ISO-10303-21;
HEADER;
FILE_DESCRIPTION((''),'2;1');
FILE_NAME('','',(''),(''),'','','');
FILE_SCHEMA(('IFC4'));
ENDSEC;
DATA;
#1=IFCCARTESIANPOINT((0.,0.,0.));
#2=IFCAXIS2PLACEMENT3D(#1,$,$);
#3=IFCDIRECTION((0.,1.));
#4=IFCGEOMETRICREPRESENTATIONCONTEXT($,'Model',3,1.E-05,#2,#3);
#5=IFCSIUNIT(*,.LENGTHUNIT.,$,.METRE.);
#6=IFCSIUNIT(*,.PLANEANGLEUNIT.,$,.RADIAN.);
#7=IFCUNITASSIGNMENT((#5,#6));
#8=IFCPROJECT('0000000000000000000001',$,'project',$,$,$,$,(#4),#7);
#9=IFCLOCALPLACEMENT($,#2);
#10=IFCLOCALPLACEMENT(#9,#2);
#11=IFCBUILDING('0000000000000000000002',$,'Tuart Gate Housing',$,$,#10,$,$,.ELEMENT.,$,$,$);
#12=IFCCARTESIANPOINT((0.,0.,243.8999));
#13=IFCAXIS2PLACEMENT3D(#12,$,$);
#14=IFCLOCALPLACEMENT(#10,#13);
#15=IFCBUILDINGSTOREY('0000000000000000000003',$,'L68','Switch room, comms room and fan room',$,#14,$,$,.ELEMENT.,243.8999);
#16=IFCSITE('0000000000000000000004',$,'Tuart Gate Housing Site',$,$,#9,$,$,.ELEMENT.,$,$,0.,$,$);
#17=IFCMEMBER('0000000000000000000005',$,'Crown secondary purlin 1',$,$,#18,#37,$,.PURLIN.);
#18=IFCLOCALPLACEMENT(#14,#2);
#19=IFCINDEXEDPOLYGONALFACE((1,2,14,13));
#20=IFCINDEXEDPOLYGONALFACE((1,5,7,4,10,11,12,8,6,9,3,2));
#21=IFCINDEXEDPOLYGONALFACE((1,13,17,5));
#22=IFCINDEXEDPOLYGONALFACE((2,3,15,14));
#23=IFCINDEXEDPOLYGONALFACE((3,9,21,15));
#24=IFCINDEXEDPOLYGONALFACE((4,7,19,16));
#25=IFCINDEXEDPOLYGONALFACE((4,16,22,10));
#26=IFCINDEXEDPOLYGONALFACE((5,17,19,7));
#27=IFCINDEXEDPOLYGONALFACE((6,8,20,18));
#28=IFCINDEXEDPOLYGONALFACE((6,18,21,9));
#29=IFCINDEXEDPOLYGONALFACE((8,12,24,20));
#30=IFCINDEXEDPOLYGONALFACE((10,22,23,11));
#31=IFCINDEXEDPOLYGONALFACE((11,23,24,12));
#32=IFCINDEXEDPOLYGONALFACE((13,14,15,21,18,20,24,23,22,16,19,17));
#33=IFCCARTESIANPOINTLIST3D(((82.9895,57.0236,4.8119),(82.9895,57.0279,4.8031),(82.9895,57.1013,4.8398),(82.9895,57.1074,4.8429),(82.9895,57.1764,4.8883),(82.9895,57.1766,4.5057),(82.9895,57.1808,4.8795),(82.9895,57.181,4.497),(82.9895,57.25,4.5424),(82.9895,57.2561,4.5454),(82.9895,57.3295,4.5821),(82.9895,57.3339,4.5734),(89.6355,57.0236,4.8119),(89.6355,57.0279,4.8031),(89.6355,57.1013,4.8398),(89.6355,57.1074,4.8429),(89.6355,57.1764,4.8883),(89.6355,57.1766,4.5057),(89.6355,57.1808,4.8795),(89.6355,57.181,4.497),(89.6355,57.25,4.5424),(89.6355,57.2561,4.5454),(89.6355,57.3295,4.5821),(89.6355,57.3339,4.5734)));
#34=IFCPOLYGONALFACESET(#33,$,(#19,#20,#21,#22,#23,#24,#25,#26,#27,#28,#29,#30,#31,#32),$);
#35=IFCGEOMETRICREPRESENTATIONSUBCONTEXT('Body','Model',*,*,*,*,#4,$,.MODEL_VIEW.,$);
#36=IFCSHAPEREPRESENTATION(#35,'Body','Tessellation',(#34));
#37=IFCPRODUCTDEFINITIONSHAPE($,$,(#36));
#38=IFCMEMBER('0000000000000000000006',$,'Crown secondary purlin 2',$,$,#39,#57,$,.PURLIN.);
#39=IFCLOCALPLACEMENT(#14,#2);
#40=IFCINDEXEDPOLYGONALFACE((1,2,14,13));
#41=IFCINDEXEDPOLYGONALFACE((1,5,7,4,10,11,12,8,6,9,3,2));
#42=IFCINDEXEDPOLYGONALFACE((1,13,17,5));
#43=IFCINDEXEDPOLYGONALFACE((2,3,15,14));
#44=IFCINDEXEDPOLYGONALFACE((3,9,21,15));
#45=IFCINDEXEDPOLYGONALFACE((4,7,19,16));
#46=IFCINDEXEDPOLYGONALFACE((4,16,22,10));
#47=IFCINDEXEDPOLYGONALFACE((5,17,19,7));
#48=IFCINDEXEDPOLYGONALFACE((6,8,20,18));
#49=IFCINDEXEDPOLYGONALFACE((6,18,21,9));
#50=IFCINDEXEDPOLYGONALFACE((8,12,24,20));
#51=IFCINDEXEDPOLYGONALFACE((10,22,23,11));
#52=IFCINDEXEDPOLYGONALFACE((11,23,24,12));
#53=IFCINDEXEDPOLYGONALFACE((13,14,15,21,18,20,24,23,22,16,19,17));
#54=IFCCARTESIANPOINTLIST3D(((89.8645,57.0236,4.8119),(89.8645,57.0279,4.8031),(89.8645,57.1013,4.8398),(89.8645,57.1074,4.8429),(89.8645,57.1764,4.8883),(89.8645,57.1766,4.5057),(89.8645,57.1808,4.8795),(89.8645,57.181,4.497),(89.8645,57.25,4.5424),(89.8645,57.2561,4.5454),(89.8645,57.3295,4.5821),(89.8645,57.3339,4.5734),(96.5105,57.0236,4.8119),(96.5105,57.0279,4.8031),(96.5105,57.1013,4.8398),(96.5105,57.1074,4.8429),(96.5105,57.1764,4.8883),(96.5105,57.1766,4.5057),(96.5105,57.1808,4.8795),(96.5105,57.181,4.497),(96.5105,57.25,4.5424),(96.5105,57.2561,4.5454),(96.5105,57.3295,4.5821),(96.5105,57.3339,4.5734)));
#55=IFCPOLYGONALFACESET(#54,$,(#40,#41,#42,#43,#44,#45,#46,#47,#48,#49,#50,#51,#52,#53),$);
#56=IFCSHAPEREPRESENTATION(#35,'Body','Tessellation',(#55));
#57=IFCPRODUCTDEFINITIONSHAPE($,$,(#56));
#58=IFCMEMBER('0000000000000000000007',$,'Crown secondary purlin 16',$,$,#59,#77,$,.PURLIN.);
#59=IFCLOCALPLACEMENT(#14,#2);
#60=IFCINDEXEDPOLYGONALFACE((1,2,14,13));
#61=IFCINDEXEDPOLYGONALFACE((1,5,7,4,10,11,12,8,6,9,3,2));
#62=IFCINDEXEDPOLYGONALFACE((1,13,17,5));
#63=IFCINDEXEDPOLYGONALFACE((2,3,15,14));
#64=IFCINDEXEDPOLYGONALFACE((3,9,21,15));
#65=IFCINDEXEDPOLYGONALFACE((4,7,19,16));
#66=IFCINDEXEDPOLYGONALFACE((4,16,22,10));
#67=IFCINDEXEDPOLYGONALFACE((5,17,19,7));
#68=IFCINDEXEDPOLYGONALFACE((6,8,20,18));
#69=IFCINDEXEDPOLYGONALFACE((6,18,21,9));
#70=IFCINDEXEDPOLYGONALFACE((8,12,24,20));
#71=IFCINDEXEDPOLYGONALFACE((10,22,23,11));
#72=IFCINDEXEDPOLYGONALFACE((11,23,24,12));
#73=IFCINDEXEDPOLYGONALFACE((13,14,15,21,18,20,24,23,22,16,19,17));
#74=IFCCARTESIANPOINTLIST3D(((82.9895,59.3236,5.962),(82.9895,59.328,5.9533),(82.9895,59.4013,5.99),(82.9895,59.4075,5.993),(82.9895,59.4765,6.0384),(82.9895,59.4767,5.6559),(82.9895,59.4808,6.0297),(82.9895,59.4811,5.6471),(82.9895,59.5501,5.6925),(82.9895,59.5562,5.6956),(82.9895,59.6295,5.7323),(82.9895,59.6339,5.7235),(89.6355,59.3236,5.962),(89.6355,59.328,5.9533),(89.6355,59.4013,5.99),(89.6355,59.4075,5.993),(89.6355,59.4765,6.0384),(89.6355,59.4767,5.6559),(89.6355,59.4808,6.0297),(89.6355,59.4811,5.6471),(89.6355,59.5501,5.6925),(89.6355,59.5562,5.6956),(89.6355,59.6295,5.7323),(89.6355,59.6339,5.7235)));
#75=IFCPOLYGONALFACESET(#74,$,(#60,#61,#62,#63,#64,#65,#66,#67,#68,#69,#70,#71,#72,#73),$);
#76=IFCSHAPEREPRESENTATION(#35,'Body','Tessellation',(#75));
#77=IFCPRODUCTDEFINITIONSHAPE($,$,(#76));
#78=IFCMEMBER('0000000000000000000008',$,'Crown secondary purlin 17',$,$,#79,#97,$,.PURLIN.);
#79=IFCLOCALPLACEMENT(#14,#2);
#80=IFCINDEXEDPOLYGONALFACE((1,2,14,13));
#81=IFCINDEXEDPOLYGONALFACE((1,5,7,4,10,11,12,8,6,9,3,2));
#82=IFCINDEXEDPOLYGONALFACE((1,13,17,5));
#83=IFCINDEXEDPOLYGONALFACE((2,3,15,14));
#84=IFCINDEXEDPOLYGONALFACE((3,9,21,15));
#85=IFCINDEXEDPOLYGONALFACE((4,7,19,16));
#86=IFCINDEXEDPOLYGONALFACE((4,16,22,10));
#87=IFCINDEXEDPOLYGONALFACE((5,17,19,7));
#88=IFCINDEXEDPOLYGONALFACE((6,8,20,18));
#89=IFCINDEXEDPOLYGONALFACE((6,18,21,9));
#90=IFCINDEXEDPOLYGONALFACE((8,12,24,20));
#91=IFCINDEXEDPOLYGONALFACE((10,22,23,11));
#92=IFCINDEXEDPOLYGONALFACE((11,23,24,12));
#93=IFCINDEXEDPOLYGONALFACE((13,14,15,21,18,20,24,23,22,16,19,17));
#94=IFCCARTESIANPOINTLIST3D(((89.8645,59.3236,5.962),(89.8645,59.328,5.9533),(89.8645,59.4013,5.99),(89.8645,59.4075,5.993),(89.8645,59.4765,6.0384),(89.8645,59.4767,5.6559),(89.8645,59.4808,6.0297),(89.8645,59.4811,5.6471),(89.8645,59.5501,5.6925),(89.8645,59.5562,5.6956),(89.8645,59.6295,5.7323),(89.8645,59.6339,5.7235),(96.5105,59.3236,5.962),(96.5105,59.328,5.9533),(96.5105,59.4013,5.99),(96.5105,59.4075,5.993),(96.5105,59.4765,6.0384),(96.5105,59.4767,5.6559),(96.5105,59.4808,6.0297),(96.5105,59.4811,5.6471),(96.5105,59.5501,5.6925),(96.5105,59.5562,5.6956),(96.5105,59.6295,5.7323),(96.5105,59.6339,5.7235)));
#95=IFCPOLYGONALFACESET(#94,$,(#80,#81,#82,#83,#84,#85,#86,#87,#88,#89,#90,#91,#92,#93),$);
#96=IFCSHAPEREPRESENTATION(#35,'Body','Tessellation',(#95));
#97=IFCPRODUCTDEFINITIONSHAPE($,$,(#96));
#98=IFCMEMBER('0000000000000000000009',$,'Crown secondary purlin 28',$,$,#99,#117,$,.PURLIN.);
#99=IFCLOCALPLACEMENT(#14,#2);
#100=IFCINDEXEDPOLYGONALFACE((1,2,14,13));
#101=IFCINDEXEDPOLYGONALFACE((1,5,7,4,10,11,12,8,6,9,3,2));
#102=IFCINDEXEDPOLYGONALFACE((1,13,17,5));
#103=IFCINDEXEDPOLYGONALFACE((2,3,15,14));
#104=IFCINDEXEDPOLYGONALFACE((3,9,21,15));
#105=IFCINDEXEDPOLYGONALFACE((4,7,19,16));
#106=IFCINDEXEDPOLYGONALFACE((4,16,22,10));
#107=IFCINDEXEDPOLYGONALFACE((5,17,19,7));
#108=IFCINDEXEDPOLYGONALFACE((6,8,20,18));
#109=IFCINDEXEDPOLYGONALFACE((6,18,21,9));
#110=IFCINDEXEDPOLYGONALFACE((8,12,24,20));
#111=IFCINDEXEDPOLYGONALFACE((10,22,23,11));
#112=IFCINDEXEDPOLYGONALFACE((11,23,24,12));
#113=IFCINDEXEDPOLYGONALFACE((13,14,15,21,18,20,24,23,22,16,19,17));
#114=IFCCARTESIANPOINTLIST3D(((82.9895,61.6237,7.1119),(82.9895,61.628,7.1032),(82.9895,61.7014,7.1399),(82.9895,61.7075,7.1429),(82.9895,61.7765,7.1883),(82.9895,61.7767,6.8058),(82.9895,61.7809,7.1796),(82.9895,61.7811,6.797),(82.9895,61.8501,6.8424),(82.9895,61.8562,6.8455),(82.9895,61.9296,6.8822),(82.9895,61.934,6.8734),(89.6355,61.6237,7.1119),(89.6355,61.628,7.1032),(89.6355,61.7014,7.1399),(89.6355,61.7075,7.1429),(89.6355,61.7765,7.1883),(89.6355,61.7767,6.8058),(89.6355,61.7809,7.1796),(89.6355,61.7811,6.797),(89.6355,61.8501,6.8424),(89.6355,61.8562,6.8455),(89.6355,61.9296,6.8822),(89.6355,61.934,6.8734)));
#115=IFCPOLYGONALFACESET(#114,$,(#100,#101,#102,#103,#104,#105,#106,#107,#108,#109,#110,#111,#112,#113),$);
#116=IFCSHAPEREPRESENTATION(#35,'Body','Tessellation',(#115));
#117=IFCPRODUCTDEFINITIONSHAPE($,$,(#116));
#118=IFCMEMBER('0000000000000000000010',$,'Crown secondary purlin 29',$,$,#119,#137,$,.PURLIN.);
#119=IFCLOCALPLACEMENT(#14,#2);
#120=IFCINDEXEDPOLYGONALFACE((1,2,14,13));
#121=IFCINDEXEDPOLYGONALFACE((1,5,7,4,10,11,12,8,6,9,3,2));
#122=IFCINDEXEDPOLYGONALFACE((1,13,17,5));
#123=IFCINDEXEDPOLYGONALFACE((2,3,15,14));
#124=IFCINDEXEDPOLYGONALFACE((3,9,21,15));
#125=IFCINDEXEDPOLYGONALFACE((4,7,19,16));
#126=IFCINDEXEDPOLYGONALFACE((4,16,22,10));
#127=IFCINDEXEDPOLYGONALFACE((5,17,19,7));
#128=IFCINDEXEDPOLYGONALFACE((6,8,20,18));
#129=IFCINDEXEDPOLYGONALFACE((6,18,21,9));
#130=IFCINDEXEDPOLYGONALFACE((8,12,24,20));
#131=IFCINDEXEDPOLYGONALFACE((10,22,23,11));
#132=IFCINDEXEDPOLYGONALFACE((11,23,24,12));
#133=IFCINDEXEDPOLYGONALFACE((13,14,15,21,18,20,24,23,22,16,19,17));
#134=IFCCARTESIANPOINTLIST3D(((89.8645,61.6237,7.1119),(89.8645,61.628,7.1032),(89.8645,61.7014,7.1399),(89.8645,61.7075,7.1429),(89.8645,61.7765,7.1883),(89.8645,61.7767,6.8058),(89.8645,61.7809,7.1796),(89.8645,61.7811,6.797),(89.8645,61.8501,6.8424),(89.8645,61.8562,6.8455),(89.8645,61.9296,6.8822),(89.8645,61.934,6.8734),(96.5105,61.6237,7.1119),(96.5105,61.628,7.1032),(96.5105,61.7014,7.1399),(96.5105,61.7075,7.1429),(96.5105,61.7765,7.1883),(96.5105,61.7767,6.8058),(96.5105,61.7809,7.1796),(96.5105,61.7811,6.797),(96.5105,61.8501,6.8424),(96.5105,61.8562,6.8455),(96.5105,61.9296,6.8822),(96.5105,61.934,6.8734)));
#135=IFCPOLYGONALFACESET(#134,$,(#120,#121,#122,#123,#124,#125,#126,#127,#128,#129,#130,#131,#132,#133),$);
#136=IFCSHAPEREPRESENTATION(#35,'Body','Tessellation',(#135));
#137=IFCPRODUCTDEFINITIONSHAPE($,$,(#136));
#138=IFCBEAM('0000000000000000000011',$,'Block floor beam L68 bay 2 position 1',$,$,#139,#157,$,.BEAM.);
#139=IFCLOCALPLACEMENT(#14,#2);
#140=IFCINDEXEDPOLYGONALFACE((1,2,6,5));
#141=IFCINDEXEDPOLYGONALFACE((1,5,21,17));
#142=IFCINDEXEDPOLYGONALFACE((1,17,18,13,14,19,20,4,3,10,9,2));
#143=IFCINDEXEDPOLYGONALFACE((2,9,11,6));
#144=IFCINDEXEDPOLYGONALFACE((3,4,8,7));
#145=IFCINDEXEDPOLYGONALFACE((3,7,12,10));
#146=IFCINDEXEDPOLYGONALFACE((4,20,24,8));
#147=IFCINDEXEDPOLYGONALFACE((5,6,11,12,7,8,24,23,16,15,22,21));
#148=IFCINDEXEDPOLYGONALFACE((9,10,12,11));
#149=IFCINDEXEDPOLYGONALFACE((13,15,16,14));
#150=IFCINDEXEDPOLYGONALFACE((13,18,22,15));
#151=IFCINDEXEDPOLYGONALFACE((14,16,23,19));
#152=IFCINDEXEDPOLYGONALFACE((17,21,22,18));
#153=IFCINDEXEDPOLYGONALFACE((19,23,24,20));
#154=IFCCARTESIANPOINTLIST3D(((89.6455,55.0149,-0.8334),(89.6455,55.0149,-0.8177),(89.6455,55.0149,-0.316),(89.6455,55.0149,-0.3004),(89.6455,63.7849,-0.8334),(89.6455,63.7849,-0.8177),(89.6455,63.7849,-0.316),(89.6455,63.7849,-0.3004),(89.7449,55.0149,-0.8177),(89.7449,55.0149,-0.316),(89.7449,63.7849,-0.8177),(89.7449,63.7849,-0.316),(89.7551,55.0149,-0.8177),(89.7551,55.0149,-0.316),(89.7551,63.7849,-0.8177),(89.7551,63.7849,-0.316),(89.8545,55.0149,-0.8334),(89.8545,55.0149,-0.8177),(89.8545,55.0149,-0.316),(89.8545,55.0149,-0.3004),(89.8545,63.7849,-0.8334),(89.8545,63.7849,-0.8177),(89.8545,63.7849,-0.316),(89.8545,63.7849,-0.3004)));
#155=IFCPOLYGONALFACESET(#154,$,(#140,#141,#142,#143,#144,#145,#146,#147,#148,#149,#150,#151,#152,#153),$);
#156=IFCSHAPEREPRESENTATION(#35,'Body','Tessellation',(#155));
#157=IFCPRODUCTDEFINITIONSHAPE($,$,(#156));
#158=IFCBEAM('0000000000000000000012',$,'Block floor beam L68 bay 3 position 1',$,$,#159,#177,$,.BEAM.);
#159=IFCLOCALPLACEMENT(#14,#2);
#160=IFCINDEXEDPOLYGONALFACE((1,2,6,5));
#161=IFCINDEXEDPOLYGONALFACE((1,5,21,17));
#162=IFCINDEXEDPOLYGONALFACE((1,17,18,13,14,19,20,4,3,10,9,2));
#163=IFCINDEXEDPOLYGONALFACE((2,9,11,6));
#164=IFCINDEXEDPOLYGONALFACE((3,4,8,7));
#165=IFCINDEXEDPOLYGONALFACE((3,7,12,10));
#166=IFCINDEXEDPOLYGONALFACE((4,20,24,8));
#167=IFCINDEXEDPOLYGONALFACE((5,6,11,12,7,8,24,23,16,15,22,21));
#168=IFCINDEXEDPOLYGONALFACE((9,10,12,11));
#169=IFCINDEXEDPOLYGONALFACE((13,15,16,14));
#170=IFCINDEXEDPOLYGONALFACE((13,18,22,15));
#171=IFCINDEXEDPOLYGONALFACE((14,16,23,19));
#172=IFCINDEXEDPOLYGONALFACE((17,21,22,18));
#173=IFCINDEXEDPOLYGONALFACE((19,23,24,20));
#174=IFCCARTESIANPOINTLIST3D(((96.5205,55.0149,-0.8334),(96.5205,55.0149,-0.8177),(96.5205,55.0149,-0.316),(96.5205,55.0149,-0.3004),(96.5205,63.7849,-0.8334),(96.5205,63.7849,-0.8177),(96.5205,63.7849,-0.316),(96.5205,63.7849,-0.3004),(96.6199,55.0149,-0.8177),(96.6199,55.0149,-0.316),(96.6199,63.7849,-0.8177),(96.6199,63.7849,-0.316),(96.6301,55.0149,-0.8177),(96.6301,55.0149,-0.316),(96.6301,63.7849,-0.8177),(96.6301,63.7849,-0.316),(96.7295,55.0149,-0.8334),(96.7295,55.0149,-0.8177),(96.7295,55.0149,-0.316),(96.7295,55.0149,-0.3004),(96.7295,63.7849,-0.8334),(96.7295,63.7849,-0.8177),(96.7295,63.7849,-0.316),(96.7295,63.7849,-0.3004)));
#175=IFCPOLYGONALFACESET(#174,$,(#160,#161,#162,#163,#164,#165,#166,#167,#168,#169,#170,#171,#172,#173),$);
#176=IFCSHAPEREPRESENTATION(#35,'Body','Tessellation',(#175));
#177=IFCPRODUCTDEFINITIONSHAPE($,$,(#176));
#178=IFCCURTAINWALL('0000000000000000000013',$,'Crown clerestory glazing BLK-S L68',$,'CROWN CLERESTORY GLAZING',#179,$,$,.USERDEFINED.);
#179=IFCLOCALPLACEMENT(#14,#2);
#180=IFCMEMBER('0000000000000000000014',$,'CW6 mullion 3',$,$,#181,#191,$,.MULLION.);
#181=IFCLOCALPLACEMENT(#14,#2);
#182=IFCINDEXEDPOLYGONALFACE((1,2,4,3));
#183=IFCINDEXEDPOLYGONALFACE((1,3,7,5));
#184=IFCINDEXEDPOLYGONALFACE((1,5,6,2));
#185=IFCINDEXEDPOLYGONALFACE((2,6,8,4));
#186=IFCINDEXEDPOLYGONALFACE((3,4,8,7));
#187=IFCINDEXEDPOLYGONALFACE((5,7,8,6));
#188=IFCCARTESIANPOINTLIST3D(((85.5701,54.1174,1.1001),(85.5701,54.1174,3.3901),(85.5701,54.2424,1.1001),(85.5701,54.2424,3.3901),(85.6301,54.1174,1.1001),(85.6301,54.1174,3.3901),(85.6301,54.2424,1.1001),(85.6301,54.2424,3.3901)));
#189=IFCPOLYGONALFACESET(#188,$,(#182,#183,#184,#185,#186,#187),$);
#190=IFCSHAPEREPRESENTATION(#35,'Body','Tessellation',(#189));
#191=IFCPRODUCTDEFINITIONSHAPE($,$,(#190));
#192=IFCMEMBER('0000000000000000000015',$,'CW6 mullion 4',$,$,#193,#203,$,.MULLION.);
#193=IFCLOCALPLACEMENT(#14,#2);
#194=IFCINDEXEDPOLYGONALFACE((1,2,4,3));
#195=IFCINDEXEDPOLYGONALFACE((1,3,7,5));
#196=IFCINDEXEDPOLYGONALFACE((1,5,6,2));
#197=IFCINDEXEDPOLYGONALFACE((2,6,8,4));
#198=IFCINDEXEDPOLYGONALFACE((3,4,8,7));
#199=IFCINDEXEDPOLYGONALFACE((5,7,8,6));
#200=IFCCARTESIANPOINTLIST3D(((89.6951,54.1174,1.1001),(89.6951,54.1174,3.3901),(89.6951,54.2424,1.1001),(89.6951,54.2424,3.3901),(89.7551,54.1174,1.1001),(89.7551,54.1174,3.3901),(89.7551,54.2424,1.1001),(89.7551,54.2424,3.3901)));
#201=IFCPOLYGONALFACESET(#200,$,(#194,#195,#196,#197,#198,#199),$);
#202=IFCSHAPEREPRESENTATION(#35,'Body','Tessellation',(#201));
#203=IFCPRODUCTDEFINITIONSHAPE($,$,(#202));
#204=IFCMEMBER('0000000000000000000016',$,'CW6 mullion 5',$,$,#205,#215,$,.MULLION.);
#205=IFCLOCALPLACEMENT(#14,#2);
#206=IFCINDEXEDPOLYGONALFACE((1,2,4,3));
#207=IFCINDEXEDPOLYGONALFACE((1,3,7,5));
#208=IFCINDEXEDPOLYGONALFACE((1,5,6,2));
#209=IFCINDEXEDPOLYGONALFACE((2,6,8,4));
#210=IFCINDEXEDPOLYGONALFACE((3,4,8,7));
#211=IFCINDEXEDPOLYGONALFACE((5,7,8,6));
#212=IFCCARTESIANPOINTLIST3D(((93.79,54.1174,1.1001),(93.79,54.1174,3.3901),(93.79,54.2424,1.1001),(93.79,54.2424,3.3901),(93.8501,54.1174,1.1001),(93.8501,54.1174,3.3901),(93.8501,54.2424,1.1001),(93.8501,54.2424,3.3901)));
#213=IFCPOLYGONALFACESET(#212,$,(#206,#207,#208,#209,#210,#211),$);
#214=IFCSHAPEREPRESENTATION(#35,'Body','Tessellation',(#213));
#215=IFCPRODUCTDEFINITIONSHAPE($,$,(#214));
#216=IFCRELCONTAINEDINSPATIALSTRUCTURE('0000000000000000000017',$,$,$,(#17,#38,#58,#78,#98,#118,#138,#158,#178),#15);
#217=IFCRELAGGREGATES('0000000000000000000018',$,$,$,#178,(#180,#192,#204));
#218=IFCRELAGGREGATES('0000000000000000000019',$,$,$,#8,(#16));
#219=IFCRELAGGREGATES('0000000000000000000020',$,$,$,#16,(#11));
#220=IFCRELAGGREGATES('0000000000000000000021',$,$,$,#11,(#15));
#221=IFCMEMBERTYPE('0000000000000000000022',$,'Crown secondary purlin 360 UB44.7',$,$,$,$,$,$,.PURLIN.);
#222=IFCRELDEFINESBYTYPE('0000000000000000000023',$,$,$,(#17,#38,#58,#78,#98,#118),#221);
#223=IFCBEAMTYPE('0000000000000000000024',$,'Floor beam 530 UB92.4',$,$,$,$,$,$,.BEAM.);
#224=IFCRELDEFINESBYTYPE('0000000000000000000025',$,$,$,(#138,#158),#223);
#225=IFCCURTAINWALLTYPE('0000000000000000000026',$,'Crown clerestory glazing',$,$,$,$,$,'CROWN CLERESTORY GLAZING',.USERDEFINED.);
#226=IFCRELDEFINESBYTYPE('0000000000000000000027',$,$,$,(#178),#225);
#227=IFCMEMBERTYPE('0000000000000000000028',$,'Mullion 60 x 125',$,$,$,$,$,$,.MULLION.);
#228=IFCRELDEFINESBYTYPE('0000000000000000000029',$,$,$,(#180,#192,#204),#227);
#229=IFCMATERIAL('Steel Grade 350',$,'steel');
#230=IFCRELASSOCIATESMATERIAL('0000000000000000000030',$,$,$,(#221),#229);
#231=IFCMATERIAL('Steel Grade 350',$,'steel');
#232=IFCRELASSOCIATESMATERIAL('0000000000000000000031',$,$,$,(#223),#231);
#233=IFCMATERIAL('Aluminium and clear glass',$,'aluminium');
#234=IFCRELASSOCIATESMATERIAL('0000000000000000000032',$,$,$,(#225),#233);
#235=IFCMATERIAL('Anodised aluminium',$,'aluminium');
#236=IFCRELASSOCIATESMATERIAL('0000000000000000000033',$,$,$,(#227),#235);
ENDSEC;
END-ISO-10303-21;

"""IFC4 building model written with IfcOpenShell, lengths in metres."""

from ifc_helpers import new_model, si_unit, direction, frame, origin, origin_2d, place, context, subcontext, project, spatial, rectangle, i_section, extrude, material, material_profile, profile_set, type_object, element, aggregate, save


model = new_model("IFC4")

# Units and contexts
model_context = context("Model", 3, precision=1e-05, world=origin(), true_north=direction((0.0, 1.0)))
body_context = subcontext(model_context, "Body", "Model", "MODEL_VIEW")
ifc_project = project(units=[si_unit("LENGTHUNIT", "METRE"), si_unit("PLANEANGLEUNIT", "RADIAN")], contexts=[model_context])

# Site, building, storey
site_placement = place(None, origin())
site = spatial("IfcSite", under=ifc_project, at=site_placement, Name="Tuart Gate Housing Site", CompositionType="ELEMENT", RefElevation=0.0)
building_placement = place(site_placement, origin())
building = spatial("IfcBuilding", under=site, at=building_placement, Name="Tuart Gate Housing", CompositionType="ELEMENT")
storey_placement = place(building_placement, frame((0.0, 0.0, 243.8999)))
storey = spatial("IfcBuildingStorey", under=building, at=storey_placement, Name="L68", Description="Switch room, comms room and fan room", CompositionType="ELEMENT", Elevation=243.8999)

# Members
ifc_material_1 = material(Name="Steel Grade 350", Category="steel")
ifc_material_profile_1 = material_profile(ifc_material_1, i_section(OverallWidth=0.1709, OverallDepth=0.3521, WebThickness=0.0068, FlangeThickness=0.0098, at=origin_2d()), Name="360UB44.7")
ifc_profile_set_1 = profile_set([ifc_material_profile_1], Name="Steel Grade 350")
member_type_1 = type_object("IfcMemberType", Name="Crown secondary purlin 360 UB44.7", PredefinedType="PURLIN", material=ifc_profile_set_1)
for number, where, z_axis, x_axis, name in (
    (1, (82.9895, 57.1787, 4.6926), (1.0, 0.0, 0.0), (0.0, 0.894427, 0.447214), "Crown secondary purlin 1"),
    (2, (89.8645, 57.1787, 4.6926), (1.0, 0.0, 0.0), (0.0, 0.894427, 0.447214), "Crown secondary purlin 2"),
    (3, (82.9895, 59.4788, 5.8428), (1.0, 0.0, 0.0), (0.0, 0.894427, 0.447214), "Crown secondary purlin 16"),
    (4, (89.8645, 59.4788, 5.8428), (1.0, 0.0, 0.0), (0.0, 0.894427, 0.447214), "Crown secondary purlin 17"),
    (5, (82.9895, 61.7788, 6.9927), (1.0, 0.0, 0.0), (0.0, 0.894427, 0.447214), "Crown secondary purlin 28"),
    (6, (89.8645, 61.7788, 6.9927), (1.0, 0.0, 0.0), (0.0, 0.894427, 0.447214), "Crown secondary purlin 29"),
):
    element("IfcMember", number, at=place(storey_placement, frame(where, z_axis=z_axis, x_axis=x_axis)), inside=storey, type_object=member_type_1, Name=name, PredefinedType="PURLIN", context=body_context, shape_type="SweptSolid", body=[
        extrude(i_section(OverallWidth=0.1709, OverallDepth=0.3521, WebThickness=0.0068, FlangeThickness=0.0098, at=origin_2d()), origin(), (0.0, 0.0, 1.0), 6.646),
    ])

# Beams
ifc_material_2 = material(Name="Steel Grade 350", Category="steel")
ifc_material_profile_2 = material_profile(ifc_material_2, i_section(OverallWidth=0.209, OverallDepth=0.533, WebThickness=0.0103, FlangeThickness=0.0156, at=origin_2d()), Name="530UB92.4")
ifc_profile_set_2 = profile_set([ifc_material_profile_2], Name="Steel Grade 350")
beam_type = type_object("IfcBeamType", Name="Floor beam 530 UB92.4", PredefinedType="BEAM", material=ifc_profile_set_2)
for number, where, z_axis, x_axis, name in (
    (7, (89.75, 55.0149, -0.5669), (0.0, 1.0, 0.0), (-1.0, 0.0, 0.0), "Block floor beam L68 bay 2 position 1"),
    (8, (96.625, 55.0149, -0.5669), (0.0, 1.0, 0.0), (-1.0, 0.0, 0.0), "Block floor beam L68 bay 3 position 1"),
):
    element("IfcBeam", number, at=place(storey_placement, frame(where, z_axis=z_axis, x_axis=x_axis)), inside=storey, type_object=beam_type, Name=name, PredefinedType="BEAM", context=body_context, shape_type="SweptSolid", body=[
        extrude(i_section(OverallWidth=0.209, OverallDepth=0.533, WebThickness=0.0103, FlangeThickness=0.0156, at=origin_2d()), origin(), (0.0, 0.0, 1.0), 8.77),
    ])

# Curtain wall, members
ifc_material_3 = material(Name="Aluminium and clear glass", Category="aluminium")
curtain_wall_type = type_object("IfcCurtainWallType", Name="Crown clerestory glazing", ElementType="CROWN CLERESTORY GLAZING", PredefinedType="USERDEFINED", material=ifc_material_3)
curtain_wall_1_placement = place(storey_placement, origin())
curtain_wall_1 = element("IfcCurtainWall", 9, at=curtain_wall_1_placement, inside=storey, type_object=curtain_wall_type, Name="Crown clerestory glazing BLK-S L68", ObjectType="CROWN CLERESTORY GLAZING", PredefinedType="USERDEFINED")
ifc_material_4 = material(Name="Anodised aluminium", Category="aluminium")
ifc_material_profile_3 = material_profile(ifc_material_4, rectangle(XDim=0.0601, YDim=0.125, at=origin_2d()), Name="60x125")
ifc_profile_set_3 = profile_set([ifc_material_profile_3], Name="Anodised aluminium")
member_type_2 = type_object("IfcMemberType", Name="Mullion 60 x 125", PredefinedType="MULLION", material=ifc_profile_set_3)
member_1_placement = place(storey_placement, frame((85.6001, 54.1799, 1.1001), z_axis=(0.0, 0.0, 1.0), x_axis=(1.0, 0.0, 0.0)))
member_1 = element("IfcMember", 10, at=member_1_placement, type_object=member_type_2, Name="CW6 mullion 3", PredefinedType="MULLION", context=body_context, shape_type="SweptSolid", body=[
    extrude(rectangle(XDim=0.0601, YDim=0.125, at=origin_2d()), origin(), (0.0, 0.0, 1.0), 2.29),
])
member_2_placement = place(storey_placement, frame((89.7251, 54.1799, 1.1001), z_axis=(0.0, 0.0, 1.0), x_axis=(1.0, 0.0, 0.0)))
member_2 = element("IfcMember", 11, at=member_2_placement, type_object=member_type_2, Name="CW6 mullion 4", PredefinedType="MULLION", context=body_context, shape_type="SweptSolid", body=[
    extrude(rectangle(XDim=0.0601, YDim=0.125, at=origin_2d()), origin(), (0.0, 0.0, 1.0), 2.29),
])
member_3_placement = place(storey_placement, frame((93.8201, 54.1799, 1.1001), z_axis=(0.0, 0.0, 1.0), x_axis=(1.0, 0.0, 0.0)))
member_3 = element("IfcMember", 12, at=member_3_placement, type_object=member_type_2, Name="CW6 mullion 5", PredefinedType="MULLION", context=body_context, shape_type="SweptSolid", body=[
    extrude(rectangle(XDim=0.0601, YDim=0.125, at=origin_2d()), origin(), (0.0, 0.0, 1.0), 2.29),
])

aggregate(curtain_wall_1, [member_1, member_2, member_3])

save(model, "model.ifc")
